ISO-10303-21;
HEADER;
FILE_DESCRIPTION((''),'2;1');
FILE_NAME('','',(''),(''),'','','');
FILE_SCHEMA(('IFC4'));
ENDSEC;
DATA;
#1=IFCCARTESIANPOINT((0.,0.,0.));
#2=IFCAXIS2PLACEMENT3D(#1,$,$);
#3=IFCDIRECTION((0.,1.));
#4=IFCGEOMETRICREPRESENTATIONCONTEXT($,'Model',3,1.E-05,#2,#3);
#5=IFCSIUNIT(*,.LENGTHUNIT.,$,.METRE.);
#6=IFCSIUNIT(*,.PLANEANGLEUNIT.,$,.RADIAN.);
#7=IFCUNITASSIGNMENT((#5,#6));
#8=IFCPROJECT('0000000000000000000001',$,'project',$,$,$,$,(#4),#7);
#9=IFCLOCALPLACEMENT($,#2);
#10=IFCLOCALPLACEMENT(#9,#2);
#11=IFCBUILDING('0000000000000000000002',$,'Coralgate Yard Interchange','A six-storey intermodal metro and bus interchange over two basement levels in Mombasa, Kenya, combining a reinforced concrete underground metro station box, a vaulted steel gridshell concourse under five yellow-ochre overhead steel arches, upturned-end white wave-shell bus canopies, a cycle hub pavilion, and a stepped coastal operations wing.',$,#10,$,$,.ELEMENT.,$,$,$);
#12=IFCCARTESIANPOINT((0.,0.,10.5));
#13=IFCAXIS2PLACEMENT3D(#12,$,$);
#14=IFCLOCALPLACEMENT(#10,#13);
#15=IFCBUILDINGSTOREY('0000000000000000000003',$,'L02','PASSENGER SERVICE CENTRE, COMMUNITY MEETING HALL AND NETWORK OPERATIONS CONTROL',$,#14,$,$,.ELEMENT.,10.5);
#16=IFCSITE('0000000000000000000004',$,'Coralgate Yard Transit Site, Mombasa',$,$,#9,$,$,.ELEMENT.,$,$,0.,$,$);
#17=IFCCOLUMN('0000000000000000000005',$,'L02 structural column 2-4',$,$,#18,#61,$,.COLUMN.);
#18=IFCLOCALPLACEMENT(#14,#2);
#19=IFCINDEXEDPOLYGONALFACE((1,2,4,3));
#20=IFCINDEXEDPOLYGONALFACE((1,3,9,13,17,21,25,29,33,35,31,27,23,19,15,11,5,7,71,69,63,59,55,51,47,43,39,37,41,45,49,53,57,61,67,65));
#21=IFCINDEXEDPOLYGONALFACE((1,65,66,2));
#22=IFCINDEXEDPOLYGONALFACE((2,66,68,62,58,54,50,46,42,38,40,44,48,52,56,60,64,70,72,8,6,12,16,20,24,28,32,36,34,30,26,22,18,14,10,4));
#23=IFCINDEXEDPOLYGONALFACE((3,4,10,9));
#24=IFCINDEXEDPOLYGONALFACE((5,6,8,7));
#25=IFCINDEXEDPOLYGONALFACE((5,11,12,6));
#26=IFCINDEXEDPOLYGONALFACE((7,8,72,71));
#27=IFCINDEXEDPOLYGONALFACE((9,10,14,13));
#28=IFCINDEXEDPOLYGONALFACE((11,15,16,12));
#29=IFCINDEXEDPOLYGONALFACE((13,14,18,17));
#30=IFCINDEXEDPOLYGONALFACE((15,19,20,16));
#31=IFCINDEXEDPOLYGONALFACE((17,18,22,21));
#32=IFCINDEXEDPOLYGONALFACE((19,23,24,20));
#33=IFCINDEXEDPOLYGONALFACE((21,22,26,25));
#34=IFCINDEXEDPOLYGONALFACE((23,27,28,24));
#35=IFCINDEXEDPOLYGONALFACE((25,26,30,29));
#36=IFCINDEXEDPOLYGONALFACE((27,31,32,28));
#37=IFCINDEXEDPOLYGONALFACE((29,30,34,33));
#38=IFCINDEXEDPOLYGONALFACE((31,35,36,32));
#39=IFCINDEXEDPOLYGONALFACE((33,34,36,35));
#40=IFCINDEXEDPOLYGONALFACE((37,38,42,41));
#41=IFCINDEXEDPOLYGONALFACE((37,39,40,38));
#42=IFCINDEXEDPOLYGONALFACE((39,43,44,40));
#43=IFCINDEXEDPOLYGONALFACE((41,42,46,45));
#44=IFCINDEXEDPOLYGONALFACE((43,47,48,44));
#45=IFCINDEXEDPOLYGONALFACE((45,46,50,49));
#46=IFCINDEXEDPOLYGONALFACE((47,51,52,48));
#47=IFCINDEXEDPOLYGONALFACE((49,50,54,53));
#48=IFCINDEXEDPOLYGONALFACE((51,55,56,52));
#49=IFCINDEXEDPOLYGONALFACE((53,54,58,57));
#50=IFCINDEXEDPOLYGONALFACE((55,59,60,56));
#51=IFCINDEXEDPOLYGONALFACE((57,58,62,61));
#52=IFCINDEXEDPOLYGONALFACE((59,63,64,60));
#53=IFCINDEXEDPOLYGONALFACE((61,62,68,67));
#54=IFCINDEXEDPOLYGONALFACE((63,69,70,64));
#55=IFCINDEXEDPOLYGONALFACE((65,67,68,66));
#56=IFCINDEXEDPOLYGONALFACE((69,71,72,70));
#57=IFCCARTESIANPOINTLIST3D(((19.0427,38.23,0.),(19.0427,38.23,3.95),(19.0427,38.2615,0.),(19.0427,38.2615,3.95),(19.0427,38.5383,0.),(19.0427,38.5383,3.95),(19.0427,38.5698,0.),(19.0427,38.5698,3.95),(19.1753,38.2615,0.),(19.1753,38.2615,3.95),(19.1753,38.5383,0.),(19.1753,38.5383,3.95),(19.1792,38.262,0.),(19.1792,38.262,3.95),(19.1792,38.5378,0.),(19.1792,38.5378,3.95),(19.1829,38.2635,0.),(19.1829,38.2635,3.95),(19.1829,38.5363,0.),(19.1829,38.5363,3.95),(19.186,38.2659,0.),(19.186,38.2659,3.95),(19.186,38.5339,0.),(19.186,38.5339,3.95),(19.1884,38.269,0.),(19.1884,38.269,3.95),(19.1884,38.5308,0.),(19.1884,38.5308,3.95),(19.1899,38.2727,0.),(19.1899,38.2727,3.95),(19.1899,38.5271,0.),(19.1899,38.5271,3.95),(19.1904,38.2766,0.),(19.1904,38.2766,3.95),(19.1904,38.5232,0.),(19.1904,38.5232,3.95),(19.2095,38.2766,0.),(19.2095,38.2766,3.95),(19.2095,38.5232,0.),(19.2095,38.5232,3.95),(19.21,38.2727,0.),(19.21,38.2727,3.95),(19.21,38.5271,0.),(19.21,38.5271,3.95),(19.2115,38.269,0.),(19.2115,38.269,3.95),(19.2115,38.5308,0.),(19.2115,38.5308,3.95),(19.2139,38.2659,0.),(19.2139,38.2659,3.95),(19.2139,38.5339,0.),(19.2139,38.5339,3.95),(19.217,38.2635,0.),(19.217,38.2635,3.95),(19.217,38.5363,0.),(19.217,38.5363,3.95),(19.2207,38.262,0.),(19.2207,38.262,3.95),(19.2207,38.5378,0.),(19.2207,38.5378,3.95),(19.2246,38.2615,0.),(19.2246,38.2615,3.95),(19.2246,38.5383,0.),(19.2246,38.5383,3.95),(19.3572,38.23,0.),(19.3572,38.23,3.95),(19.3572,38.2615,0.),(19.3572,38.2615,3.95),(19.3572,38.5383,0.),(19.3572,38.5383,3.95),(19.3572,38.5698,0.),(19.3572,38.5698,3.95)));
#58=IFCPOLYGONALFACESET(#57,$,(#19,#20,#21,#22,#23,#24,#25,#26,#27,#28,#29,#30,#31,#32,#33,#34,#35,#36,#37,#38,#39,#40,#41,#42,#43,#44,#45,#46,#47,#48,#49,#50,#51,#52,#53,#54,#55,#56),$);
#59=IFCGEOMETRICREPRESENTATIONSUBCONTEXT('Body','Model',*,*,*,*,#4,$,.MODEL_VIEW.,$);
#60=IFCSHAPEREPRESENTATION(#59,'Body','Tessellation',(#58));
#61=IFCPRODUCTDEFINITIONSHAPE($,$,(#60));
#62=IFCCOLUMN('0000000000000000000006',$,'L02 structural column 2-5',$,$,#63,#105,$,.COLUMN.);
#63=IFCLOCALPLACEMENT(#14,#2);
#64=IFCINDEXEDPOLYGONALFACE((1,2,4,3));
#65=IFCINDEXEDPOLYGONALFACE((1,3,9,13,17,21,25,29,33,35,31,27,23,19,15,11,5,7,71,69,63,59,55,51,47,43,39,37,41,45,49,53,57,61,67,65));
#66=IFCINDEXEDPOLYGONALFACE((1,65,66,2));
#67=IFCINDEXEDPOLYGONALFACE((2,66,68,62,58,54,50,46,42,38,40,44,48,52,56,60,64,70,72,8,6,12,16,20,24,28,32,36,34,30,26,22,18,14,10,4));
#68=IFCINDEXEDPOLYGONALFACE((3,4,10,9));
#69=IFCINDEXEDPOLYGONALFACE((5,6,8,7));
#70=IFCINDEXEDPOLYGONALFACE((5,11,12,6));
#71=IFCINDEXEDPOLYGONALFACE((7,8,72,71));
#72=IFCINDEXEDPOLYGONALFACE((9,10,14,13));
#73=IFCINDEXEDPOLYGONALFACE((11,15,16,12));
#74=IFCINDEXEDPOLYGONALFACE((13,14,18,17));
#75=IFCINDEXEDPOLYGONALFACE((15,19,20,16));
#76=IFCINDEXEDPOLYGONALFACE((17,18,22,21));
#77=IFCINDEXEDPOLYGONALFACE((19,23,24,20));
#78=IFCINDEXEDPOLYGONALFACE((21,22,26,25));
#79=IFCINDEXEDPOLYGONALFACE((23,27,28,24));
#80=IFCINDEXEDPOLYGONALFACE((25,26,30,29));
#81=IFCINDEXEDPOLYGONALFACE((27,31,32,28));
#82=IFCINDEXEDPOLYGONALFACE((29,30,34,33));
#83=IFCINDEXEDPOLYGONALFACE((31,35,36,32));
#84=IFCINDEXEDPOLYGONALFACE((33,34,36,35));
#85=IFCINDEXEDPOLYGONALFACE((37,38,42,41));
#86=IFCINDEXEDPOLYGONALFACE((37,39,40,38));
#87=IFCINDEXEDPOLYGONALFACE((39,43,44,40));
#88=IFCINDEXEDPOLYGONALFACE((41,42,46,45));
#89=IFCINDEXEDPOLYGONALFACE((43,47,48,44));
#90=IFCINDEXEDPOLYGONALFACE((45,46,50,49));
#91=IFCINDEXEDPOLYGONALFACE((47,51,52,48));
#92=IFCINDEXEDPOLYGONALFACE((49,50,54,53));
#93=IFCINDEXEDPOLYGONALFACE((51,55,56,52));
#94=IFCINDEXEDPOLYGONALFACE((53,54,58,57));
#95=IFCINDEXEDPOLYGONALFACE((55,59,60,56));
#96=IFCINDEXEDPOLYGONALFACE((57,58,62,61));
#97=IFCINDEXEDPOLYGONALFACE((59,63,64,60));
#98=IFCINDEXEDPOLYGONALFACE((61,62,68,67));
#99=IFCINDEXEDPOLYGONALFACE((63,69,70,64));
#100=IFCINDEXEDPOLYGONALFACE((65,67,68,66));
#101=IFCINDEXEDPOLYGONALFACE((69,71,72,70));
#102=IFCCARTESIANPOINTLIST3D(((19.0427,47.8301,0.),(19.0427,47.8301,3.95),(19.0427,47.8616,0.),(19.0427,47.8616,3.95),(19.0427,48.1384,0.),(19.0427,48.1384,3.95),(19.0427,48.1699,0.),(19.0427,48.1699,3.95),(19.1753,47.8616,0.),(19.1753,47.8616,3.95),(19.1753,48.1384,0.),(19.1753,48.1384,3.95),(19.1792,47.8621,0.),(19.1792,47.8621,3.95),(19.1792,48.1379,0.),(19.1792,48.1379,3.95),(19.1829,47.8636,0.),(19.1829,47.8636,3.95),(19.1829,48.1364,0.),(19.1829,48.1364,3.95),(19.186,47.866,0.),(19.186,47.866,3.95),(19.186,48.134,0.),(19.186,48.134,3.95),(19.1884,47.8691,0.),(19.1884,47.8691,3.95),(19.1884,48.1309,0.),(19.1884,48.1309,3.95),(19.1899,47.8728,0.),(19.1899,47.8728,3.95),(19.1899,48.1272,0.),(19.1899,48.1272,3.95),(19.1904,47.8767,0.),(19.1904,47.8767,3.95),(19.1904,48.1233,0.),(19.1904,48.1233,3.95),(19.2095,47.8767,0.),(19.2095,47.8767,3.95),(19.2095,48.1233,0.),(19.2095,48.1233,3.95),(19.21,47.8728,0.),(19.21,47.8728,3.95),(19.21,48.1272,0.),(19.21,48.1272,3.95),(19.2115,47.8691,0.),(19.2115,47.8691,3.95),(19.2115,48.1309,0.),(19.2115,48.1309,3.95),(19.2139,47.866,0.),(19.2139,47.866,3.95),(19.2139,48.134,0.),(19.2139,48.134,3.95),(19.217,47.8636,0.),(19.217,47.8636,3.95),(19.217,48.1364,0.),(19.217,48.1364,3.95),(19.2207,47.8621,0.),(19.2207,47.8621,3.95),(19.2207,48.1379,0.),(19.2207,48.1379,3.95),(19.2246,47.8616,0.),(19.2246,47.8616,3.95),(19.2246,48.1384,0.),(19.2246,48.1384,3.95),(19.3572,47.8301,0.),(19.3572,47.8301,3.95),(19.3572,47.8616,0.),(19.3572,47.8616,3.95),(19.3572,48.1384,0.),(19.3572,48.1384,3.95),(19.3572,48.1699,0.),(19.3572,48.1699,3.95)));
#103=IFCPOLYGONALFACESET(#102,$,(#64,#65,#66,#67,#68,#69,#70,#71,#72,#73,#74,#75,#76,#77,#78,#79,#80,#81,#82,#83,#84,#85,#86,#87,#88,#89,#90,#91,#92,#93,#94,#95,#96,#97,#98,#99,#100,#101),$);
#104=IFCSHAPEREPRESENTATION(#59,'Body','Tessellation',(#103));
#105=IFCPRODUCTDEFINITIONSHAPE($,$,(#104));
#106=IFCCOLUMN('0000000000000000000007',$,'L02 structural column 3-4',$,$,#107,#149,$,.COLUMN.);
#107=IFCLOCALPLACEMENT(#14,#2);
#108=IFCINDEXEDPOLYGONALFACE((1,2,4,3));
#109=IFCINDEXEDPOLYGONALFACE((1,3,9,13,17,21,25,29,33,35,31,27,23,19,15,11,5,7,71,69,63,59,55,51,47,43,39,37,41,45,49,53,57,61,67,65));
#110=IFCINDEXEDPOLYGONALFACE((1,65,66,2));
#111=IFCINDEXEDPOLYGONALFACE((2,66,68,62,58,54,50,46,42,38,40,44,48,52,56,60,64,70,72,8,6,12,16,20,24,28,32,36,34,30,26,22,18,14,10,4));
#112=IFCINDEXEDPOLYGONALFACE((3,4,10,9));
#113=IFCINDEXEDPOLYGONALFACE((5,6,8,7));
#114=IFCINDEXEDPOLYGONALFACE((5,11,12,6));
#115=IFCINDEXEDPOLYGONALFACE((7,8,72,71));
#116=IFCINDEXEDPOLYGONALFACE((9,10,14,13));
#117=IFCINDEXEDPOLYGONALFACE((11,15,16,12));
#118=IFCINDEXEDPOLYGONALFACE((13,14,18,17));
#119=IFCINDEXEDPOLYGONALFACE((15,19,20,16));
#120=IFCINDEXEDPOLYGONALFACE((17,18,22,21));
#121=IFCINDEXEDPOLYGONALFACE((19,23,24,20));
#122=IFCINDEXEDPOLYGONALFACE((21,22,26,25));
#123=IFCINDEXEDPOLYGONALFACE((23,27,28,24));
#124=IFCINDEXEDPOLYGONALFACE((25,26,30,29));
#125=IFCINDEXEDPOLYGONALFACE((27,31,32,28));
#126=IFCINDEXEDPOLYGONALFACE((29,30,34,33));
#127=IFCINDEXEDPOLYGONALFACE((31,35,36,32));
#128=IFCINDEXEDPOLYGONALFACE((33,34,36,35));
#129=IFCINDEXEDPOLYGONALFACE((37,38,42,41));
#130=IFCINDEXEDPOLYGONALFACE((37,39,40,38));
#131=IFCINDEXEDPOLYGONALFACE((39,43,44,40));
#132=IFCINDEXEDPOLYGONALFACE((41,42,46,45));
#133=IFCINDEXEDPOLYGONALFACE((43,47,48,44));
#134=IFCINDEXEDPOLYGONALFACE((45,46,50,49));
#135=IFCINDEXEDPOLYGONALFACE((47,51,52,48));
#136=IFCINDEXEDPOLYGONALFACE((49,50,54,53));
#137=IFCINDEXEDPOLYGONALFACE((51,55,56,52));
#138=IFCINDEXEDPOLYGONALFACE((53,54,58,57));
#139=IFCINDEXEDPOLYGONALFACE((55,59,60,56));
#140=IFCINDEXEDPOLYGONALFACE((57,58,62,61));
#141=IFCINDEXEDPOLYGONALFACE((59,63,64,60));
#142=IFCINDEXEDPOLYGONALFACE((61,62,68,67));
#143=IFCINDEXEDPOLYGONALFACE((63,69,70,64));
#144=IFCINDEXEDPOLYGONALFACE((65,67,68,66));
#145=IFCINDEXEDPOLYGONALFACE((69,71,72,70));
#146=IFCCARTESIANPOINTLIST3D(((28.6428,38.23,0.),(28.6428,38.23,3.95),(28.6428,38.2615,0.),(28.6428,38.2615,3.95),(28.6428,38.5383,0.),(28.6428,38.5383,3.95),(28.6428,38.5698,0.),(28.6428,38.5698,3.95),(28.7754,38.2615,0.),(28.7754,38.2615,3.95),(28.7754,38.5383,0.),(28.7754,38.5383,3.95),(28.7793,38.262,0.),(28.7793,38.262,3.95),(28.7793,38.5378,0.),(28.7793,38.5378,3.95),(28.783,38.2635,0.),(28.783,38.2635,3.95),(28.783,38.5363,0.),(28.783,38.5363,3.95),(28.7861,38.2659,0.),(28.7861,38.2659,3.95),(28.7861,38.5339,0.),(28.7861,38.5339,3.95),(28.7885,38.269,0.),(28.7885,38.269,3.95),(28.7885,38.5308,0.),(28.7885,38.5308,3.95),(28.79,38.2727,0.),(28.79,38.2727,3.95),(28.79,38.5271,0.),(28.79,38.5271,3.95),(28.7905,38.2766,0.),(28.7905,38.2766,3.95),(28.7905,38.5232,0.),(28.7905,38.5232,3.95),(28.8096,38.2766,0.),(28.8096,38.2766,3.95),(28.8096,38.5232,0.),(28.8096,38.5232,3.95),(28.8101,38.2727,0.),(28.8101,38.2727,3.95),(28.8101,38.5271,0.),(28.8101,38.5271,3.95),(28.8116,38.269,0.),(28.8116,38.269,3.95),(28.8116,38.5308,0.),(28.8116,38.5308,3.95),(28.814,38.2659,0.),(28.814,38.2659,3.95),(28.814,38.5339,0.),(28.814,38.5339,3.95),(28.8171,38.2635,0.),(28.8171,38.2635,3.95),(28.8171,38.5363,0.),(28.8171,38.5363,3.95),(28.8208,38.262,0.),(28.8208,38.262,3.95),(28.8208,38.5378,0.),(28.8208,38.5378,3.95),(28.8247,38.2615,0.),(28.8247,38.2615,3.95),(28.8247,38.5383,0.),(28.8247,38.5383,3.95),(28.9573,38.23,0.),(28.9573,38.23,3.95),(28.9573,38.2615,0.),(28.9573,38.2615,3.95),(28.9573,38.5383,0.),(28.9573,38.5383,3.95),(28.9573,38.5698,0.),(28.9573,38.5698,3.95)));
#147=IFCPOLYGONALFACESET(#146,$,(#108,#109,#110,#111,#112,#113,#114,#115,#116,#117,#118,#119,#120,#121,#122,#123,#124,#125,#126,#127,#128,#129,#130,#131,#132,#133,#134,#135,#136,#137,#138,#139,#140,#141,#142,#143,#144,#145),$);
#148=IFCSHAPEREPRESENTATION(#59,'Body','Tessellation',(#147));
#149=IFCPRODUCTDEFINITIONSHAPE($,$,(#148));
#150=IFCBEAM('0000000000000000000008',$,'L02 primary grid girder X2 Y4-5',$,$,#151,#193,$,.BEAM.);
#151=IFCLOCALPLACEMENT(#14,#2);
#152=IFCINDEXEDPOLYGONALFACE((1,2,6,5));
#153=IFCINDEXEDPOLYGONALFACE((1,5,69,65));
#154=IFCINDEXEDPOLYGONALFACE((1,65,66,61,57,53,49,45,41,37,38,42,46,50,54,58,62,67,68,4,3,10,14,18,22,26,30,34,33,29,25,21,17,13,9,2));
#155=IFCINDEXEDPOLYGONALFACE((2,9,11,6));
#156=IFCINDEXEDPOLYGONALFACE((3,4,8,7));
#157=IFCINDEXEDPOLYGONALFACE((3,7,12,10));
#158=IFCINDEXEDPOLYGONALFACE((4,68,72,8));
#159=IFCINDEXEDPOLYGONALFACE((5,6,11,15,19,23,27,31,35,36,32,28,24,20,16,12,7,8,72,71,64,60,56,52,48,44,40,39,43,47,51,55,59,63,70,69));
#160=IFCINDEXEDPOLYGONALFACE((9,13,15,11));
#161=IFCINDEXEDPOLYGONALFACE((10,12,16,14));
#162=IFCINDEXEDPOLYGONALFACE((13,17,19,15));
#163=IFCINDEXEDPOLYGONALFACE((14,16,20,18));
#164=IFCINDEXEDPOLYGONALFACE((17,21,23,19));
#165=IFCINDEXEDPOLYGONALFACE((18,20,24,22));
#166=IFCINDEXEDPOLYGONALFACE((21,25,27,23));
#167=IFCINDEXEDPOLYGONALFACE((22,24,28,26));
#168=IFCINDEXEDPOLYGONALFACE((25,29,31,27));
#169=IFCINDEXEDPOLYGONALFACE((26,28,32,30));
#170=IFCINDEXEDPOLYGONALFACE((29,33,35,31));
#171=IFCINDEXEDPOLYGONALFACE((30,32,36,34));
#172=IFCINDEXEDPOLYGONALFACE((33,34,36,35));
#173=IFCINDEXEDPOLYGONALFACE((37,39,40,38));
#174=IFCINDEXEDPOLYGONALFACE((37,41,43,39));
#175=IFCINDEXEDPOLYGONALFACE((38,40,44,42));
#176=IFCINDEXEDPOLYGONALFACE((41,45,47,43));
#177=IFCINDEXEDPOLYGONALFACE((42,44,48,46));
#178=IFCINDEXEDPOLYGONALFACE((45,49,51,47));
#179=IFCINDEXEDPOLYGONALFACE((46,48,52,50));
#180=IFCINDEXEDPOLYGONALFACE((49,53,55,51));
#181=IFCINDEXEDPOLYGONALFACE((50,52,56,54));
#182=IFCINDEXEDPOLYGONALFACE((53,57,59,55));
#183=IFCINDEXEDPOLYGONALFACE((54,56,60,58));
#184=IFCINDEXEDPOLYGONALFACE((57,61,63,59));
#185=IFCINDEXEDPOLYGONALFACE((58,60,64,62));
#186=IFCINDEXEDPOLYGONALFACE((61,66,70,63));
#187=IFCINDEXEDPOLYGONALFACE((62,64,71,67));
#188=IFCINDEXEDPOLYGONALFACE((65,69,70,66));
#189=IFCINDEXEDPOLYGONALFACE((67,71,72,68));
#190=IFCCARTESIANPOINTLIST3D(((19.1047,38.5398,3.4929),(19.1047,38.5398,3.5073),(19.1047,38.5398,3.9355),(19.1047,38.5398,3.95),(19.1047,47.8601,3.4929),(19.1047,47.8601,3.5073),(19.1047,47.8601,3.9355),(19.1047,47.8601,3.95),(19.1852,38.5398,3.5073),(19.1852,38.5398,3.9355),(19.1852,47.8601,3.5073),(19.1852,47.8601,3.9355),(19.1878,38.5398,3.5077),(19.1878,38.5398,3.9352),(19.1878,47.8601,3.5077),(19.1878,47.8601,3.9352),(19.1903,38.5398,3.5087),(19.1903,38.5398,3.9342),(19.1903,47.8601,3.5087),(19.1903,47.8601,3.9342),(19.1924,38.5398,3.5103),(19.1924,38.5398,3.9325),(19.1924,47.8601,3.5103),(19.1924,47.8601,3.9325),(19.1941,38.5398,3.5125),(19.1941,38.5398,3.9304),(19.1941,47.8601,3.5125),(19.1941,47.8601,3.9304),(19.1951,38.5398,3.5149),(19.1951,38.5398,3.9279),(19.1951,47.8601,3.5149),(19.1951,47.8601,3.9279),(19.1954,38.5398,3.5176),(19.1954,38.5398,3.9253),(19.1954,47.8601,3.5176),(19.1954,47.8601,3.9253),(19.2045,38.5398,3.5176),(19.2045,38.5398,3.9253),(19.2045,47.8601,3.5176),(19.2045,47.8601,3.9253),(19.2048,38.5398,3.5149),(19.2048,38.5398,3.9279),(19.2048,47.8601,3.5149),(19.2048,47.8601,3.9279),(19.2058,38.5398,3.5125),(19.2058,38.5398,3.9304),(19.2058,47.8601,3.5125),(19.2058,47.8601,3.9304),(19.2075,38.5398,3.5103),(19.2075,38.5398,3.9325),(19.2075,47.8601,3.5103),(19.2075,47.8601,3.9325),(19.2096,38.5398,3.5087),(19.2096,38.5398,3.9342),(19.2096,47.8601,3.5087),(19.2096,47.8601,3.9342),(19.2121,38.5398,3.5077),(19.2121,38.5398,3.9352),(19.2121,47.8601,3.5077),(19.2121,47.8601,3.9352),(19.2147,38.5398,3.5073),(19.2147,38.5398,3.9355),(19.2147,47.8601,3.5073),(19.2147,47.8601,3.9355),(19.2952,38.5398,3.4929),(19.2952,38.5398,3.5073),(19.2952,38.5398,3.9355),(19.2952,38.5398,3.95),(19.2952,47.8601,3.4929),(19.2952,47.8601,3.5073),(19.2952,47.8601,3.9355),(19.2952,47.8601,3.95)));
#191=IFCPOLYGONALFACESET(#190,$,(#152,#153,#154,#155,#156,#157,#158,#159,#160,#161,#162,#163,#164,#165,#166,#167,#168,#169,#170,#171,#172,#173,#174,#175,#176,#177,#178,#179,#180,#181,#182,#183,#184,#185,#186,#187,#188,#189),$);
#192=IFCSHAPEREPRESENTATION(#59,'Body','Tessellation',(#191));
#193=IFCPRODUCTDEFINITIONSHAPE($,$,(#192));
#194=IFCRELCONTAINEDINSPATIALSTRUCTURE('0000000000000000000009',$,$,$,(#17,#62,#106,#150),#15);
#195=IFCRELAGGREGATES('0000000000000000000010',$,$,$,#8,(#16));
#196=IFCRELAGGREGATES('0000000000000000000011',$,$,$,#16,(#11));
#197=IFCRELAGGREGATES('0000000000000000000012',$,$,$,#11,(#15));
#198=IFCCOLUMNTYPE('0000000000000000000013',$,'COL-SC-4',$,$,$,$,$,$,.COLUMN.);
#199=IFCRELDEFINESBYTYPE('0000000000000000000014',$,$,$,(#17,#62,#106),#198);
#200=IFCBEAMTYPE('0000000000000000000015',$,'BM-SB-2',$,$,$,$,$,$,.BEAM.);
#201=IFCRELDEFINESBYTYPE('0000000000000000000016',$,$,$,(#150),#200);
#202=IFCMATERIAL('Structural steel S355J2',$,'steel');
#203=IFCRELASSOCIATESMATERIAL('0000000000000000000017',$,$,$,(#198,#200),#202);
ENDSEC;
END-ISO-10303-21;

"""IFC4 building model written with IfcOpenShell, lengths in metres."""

from ifc_helpers import new_model, si_unit, direction, frame, origin, origin_2d, place, context, subcontext, project, spatial, i_section, extrude, material, material_profile, profile_set, type_object, element, save


model = new_model("IFC4")

# Units and contexts
model_context = context("Model", 3, precision=1e-05, world=origin(), true_north=direction((0.0, 1.0)))
body_context = subcontext(model_context, "Body", "Model", "MODEL_VIEW")
ifc_project = project(units=[si_unit("LENGTHUNIT", "METRE"), si_unit("PLANEANGLEUNIT", "RADIAN")], contexts=[model_context])

# Site, building, storey
site_placement = place(None, origin())
site = spatial("IfcSite", under=ifc_project, at=site_placement, Name="Coralgate Yard Transit Site, Mombasa", CompositionType="ELEMENT", RefElevation=0.0)
building_placement = place(site_placement, origin())
building = spatial("IfcBuilding", under=site, at=building_placement, Name="Coralgate Yard Interchange", Description="A six-storey intermodal metro and bus interchange over two basement levels in Mombasa, Kenya, combining a reinforced concrete underground metro station box, a vaulted steel gridshell concourse under five yellow-ochre overhead steel arches, upturned-end white wave-shell bus canopies, a cycle hub pavilion, and a stepped coastal operations wing.", CompositionType="ELEMENT")
storey_placement = place(building_placement, frame((0.0, 0.0, 10.5)))
storey = spatial("IfcBuildingStorey", under=building, at=storey_placement, Name="L02", Description="PASSENGER SERVICE CENTRE, COMMUNITY MEETING HALL AND NETWORK OPERATIONS CONTROL", CompositionType="ELEMENT", Elevation=10.5)

# Columns
ifc_material_1 = material(Name="Structural steel S355J2", Category="steel")
ifc_material_profile_1 = material_profile(ifc_material_1, i_section(OverallWidth=0.3145, OverallDepth=0.3398, WebThickness=0.019, FlangeThickness=0.0315, FilletRadius=0.0151, at=origin_2d()), Name="UC 305x305x198")
ifc_profile_set_1 = profile_set([ifc_material_profile_1], Name="Structural steel S355J2")
column_type = type_object("IfcColumnType", Name="COL-SC-4", PredefinedType="COLUMN", material=ifc_profile_set_1)
for number, where, z_axis, x_axis, name in (
    (1, (19.2, 38.3999, 0.0), (0.0, 0.0, 1.0), (1.0, 0.0, 0.0), "L02 structural column 2-4"),
    (2, (19.2, 48.0, 0.0), (0.0, 0.0, 1.0), (1.0, 0.0, 0.0), "L02 structural column 2-5"),
    (3, (28.8, 38.3999, 0.0), (0.0, 0.0, 1.0), (1.0, 0.0, 0.0), "L02 structural column 3-4"),
):
    element("IfcColumn", number, at=place(storey_placement, frame(where, z_axis=z_axis, x_axis=x_axis)), inside=storey, type_object=column_type, Name=name, PredefinedType="COLUMN", context=body_context, shape_type="SweptSolid", body=[
        extrude(i_section(OverallWidth=0.3145, OverallDepth=0.3398, WebThickness=0.019, FlangeThickness=0.0315, FilletRadius=0.0151, at=origin_2d()), origin(), (0.0, 0.0, 1.0), 3.95),
    ])

# Beam
ifc_material_profile_2 = material_profile(ifc_material_1, i_section(OverallWidth=0.1904, OverallDepth=0.457, WebThickness=0.009, FlangeThickness=0.0144, FilletRadius=0.0103, at=origin_2d()), Name="UB 457x191x74")
ifc_profile_set_2 = profile_set([ifc_material_profile_2], Name="Structural steel S355J2")
beam_type_1 = type_object("IfcBeamType", Name="BM-SB-2", PredefinedType="BEAM", material=ifc_profile_set_2)
beam_1_placement = place(storey_placement, frame((19.2, 38.5398, 3.7214), z_axis=(0.0, 1.0, 0.0), x_axis=(-1.0, 0.0, 0.0)))
element("IfcBeam", 4, at=beam_1_placement, inside=storey, type_object=beam_type_1, Name="L02 primary grid girder X2 Y4-5", PredefinedType="BEAM", context=body_context, shape_type="SweptSolid", body=[
    extrude(i_section(OverallWidth=0.1904, OverallDepth=0.457, WebThickness=0.009, FlangeThickness=0.0144, FilletRadius=0.0103, at=origin_2d()), origin(), (0.0, 0.0, 1.0), 9.3203),
])

save(model, "model.ifc")
